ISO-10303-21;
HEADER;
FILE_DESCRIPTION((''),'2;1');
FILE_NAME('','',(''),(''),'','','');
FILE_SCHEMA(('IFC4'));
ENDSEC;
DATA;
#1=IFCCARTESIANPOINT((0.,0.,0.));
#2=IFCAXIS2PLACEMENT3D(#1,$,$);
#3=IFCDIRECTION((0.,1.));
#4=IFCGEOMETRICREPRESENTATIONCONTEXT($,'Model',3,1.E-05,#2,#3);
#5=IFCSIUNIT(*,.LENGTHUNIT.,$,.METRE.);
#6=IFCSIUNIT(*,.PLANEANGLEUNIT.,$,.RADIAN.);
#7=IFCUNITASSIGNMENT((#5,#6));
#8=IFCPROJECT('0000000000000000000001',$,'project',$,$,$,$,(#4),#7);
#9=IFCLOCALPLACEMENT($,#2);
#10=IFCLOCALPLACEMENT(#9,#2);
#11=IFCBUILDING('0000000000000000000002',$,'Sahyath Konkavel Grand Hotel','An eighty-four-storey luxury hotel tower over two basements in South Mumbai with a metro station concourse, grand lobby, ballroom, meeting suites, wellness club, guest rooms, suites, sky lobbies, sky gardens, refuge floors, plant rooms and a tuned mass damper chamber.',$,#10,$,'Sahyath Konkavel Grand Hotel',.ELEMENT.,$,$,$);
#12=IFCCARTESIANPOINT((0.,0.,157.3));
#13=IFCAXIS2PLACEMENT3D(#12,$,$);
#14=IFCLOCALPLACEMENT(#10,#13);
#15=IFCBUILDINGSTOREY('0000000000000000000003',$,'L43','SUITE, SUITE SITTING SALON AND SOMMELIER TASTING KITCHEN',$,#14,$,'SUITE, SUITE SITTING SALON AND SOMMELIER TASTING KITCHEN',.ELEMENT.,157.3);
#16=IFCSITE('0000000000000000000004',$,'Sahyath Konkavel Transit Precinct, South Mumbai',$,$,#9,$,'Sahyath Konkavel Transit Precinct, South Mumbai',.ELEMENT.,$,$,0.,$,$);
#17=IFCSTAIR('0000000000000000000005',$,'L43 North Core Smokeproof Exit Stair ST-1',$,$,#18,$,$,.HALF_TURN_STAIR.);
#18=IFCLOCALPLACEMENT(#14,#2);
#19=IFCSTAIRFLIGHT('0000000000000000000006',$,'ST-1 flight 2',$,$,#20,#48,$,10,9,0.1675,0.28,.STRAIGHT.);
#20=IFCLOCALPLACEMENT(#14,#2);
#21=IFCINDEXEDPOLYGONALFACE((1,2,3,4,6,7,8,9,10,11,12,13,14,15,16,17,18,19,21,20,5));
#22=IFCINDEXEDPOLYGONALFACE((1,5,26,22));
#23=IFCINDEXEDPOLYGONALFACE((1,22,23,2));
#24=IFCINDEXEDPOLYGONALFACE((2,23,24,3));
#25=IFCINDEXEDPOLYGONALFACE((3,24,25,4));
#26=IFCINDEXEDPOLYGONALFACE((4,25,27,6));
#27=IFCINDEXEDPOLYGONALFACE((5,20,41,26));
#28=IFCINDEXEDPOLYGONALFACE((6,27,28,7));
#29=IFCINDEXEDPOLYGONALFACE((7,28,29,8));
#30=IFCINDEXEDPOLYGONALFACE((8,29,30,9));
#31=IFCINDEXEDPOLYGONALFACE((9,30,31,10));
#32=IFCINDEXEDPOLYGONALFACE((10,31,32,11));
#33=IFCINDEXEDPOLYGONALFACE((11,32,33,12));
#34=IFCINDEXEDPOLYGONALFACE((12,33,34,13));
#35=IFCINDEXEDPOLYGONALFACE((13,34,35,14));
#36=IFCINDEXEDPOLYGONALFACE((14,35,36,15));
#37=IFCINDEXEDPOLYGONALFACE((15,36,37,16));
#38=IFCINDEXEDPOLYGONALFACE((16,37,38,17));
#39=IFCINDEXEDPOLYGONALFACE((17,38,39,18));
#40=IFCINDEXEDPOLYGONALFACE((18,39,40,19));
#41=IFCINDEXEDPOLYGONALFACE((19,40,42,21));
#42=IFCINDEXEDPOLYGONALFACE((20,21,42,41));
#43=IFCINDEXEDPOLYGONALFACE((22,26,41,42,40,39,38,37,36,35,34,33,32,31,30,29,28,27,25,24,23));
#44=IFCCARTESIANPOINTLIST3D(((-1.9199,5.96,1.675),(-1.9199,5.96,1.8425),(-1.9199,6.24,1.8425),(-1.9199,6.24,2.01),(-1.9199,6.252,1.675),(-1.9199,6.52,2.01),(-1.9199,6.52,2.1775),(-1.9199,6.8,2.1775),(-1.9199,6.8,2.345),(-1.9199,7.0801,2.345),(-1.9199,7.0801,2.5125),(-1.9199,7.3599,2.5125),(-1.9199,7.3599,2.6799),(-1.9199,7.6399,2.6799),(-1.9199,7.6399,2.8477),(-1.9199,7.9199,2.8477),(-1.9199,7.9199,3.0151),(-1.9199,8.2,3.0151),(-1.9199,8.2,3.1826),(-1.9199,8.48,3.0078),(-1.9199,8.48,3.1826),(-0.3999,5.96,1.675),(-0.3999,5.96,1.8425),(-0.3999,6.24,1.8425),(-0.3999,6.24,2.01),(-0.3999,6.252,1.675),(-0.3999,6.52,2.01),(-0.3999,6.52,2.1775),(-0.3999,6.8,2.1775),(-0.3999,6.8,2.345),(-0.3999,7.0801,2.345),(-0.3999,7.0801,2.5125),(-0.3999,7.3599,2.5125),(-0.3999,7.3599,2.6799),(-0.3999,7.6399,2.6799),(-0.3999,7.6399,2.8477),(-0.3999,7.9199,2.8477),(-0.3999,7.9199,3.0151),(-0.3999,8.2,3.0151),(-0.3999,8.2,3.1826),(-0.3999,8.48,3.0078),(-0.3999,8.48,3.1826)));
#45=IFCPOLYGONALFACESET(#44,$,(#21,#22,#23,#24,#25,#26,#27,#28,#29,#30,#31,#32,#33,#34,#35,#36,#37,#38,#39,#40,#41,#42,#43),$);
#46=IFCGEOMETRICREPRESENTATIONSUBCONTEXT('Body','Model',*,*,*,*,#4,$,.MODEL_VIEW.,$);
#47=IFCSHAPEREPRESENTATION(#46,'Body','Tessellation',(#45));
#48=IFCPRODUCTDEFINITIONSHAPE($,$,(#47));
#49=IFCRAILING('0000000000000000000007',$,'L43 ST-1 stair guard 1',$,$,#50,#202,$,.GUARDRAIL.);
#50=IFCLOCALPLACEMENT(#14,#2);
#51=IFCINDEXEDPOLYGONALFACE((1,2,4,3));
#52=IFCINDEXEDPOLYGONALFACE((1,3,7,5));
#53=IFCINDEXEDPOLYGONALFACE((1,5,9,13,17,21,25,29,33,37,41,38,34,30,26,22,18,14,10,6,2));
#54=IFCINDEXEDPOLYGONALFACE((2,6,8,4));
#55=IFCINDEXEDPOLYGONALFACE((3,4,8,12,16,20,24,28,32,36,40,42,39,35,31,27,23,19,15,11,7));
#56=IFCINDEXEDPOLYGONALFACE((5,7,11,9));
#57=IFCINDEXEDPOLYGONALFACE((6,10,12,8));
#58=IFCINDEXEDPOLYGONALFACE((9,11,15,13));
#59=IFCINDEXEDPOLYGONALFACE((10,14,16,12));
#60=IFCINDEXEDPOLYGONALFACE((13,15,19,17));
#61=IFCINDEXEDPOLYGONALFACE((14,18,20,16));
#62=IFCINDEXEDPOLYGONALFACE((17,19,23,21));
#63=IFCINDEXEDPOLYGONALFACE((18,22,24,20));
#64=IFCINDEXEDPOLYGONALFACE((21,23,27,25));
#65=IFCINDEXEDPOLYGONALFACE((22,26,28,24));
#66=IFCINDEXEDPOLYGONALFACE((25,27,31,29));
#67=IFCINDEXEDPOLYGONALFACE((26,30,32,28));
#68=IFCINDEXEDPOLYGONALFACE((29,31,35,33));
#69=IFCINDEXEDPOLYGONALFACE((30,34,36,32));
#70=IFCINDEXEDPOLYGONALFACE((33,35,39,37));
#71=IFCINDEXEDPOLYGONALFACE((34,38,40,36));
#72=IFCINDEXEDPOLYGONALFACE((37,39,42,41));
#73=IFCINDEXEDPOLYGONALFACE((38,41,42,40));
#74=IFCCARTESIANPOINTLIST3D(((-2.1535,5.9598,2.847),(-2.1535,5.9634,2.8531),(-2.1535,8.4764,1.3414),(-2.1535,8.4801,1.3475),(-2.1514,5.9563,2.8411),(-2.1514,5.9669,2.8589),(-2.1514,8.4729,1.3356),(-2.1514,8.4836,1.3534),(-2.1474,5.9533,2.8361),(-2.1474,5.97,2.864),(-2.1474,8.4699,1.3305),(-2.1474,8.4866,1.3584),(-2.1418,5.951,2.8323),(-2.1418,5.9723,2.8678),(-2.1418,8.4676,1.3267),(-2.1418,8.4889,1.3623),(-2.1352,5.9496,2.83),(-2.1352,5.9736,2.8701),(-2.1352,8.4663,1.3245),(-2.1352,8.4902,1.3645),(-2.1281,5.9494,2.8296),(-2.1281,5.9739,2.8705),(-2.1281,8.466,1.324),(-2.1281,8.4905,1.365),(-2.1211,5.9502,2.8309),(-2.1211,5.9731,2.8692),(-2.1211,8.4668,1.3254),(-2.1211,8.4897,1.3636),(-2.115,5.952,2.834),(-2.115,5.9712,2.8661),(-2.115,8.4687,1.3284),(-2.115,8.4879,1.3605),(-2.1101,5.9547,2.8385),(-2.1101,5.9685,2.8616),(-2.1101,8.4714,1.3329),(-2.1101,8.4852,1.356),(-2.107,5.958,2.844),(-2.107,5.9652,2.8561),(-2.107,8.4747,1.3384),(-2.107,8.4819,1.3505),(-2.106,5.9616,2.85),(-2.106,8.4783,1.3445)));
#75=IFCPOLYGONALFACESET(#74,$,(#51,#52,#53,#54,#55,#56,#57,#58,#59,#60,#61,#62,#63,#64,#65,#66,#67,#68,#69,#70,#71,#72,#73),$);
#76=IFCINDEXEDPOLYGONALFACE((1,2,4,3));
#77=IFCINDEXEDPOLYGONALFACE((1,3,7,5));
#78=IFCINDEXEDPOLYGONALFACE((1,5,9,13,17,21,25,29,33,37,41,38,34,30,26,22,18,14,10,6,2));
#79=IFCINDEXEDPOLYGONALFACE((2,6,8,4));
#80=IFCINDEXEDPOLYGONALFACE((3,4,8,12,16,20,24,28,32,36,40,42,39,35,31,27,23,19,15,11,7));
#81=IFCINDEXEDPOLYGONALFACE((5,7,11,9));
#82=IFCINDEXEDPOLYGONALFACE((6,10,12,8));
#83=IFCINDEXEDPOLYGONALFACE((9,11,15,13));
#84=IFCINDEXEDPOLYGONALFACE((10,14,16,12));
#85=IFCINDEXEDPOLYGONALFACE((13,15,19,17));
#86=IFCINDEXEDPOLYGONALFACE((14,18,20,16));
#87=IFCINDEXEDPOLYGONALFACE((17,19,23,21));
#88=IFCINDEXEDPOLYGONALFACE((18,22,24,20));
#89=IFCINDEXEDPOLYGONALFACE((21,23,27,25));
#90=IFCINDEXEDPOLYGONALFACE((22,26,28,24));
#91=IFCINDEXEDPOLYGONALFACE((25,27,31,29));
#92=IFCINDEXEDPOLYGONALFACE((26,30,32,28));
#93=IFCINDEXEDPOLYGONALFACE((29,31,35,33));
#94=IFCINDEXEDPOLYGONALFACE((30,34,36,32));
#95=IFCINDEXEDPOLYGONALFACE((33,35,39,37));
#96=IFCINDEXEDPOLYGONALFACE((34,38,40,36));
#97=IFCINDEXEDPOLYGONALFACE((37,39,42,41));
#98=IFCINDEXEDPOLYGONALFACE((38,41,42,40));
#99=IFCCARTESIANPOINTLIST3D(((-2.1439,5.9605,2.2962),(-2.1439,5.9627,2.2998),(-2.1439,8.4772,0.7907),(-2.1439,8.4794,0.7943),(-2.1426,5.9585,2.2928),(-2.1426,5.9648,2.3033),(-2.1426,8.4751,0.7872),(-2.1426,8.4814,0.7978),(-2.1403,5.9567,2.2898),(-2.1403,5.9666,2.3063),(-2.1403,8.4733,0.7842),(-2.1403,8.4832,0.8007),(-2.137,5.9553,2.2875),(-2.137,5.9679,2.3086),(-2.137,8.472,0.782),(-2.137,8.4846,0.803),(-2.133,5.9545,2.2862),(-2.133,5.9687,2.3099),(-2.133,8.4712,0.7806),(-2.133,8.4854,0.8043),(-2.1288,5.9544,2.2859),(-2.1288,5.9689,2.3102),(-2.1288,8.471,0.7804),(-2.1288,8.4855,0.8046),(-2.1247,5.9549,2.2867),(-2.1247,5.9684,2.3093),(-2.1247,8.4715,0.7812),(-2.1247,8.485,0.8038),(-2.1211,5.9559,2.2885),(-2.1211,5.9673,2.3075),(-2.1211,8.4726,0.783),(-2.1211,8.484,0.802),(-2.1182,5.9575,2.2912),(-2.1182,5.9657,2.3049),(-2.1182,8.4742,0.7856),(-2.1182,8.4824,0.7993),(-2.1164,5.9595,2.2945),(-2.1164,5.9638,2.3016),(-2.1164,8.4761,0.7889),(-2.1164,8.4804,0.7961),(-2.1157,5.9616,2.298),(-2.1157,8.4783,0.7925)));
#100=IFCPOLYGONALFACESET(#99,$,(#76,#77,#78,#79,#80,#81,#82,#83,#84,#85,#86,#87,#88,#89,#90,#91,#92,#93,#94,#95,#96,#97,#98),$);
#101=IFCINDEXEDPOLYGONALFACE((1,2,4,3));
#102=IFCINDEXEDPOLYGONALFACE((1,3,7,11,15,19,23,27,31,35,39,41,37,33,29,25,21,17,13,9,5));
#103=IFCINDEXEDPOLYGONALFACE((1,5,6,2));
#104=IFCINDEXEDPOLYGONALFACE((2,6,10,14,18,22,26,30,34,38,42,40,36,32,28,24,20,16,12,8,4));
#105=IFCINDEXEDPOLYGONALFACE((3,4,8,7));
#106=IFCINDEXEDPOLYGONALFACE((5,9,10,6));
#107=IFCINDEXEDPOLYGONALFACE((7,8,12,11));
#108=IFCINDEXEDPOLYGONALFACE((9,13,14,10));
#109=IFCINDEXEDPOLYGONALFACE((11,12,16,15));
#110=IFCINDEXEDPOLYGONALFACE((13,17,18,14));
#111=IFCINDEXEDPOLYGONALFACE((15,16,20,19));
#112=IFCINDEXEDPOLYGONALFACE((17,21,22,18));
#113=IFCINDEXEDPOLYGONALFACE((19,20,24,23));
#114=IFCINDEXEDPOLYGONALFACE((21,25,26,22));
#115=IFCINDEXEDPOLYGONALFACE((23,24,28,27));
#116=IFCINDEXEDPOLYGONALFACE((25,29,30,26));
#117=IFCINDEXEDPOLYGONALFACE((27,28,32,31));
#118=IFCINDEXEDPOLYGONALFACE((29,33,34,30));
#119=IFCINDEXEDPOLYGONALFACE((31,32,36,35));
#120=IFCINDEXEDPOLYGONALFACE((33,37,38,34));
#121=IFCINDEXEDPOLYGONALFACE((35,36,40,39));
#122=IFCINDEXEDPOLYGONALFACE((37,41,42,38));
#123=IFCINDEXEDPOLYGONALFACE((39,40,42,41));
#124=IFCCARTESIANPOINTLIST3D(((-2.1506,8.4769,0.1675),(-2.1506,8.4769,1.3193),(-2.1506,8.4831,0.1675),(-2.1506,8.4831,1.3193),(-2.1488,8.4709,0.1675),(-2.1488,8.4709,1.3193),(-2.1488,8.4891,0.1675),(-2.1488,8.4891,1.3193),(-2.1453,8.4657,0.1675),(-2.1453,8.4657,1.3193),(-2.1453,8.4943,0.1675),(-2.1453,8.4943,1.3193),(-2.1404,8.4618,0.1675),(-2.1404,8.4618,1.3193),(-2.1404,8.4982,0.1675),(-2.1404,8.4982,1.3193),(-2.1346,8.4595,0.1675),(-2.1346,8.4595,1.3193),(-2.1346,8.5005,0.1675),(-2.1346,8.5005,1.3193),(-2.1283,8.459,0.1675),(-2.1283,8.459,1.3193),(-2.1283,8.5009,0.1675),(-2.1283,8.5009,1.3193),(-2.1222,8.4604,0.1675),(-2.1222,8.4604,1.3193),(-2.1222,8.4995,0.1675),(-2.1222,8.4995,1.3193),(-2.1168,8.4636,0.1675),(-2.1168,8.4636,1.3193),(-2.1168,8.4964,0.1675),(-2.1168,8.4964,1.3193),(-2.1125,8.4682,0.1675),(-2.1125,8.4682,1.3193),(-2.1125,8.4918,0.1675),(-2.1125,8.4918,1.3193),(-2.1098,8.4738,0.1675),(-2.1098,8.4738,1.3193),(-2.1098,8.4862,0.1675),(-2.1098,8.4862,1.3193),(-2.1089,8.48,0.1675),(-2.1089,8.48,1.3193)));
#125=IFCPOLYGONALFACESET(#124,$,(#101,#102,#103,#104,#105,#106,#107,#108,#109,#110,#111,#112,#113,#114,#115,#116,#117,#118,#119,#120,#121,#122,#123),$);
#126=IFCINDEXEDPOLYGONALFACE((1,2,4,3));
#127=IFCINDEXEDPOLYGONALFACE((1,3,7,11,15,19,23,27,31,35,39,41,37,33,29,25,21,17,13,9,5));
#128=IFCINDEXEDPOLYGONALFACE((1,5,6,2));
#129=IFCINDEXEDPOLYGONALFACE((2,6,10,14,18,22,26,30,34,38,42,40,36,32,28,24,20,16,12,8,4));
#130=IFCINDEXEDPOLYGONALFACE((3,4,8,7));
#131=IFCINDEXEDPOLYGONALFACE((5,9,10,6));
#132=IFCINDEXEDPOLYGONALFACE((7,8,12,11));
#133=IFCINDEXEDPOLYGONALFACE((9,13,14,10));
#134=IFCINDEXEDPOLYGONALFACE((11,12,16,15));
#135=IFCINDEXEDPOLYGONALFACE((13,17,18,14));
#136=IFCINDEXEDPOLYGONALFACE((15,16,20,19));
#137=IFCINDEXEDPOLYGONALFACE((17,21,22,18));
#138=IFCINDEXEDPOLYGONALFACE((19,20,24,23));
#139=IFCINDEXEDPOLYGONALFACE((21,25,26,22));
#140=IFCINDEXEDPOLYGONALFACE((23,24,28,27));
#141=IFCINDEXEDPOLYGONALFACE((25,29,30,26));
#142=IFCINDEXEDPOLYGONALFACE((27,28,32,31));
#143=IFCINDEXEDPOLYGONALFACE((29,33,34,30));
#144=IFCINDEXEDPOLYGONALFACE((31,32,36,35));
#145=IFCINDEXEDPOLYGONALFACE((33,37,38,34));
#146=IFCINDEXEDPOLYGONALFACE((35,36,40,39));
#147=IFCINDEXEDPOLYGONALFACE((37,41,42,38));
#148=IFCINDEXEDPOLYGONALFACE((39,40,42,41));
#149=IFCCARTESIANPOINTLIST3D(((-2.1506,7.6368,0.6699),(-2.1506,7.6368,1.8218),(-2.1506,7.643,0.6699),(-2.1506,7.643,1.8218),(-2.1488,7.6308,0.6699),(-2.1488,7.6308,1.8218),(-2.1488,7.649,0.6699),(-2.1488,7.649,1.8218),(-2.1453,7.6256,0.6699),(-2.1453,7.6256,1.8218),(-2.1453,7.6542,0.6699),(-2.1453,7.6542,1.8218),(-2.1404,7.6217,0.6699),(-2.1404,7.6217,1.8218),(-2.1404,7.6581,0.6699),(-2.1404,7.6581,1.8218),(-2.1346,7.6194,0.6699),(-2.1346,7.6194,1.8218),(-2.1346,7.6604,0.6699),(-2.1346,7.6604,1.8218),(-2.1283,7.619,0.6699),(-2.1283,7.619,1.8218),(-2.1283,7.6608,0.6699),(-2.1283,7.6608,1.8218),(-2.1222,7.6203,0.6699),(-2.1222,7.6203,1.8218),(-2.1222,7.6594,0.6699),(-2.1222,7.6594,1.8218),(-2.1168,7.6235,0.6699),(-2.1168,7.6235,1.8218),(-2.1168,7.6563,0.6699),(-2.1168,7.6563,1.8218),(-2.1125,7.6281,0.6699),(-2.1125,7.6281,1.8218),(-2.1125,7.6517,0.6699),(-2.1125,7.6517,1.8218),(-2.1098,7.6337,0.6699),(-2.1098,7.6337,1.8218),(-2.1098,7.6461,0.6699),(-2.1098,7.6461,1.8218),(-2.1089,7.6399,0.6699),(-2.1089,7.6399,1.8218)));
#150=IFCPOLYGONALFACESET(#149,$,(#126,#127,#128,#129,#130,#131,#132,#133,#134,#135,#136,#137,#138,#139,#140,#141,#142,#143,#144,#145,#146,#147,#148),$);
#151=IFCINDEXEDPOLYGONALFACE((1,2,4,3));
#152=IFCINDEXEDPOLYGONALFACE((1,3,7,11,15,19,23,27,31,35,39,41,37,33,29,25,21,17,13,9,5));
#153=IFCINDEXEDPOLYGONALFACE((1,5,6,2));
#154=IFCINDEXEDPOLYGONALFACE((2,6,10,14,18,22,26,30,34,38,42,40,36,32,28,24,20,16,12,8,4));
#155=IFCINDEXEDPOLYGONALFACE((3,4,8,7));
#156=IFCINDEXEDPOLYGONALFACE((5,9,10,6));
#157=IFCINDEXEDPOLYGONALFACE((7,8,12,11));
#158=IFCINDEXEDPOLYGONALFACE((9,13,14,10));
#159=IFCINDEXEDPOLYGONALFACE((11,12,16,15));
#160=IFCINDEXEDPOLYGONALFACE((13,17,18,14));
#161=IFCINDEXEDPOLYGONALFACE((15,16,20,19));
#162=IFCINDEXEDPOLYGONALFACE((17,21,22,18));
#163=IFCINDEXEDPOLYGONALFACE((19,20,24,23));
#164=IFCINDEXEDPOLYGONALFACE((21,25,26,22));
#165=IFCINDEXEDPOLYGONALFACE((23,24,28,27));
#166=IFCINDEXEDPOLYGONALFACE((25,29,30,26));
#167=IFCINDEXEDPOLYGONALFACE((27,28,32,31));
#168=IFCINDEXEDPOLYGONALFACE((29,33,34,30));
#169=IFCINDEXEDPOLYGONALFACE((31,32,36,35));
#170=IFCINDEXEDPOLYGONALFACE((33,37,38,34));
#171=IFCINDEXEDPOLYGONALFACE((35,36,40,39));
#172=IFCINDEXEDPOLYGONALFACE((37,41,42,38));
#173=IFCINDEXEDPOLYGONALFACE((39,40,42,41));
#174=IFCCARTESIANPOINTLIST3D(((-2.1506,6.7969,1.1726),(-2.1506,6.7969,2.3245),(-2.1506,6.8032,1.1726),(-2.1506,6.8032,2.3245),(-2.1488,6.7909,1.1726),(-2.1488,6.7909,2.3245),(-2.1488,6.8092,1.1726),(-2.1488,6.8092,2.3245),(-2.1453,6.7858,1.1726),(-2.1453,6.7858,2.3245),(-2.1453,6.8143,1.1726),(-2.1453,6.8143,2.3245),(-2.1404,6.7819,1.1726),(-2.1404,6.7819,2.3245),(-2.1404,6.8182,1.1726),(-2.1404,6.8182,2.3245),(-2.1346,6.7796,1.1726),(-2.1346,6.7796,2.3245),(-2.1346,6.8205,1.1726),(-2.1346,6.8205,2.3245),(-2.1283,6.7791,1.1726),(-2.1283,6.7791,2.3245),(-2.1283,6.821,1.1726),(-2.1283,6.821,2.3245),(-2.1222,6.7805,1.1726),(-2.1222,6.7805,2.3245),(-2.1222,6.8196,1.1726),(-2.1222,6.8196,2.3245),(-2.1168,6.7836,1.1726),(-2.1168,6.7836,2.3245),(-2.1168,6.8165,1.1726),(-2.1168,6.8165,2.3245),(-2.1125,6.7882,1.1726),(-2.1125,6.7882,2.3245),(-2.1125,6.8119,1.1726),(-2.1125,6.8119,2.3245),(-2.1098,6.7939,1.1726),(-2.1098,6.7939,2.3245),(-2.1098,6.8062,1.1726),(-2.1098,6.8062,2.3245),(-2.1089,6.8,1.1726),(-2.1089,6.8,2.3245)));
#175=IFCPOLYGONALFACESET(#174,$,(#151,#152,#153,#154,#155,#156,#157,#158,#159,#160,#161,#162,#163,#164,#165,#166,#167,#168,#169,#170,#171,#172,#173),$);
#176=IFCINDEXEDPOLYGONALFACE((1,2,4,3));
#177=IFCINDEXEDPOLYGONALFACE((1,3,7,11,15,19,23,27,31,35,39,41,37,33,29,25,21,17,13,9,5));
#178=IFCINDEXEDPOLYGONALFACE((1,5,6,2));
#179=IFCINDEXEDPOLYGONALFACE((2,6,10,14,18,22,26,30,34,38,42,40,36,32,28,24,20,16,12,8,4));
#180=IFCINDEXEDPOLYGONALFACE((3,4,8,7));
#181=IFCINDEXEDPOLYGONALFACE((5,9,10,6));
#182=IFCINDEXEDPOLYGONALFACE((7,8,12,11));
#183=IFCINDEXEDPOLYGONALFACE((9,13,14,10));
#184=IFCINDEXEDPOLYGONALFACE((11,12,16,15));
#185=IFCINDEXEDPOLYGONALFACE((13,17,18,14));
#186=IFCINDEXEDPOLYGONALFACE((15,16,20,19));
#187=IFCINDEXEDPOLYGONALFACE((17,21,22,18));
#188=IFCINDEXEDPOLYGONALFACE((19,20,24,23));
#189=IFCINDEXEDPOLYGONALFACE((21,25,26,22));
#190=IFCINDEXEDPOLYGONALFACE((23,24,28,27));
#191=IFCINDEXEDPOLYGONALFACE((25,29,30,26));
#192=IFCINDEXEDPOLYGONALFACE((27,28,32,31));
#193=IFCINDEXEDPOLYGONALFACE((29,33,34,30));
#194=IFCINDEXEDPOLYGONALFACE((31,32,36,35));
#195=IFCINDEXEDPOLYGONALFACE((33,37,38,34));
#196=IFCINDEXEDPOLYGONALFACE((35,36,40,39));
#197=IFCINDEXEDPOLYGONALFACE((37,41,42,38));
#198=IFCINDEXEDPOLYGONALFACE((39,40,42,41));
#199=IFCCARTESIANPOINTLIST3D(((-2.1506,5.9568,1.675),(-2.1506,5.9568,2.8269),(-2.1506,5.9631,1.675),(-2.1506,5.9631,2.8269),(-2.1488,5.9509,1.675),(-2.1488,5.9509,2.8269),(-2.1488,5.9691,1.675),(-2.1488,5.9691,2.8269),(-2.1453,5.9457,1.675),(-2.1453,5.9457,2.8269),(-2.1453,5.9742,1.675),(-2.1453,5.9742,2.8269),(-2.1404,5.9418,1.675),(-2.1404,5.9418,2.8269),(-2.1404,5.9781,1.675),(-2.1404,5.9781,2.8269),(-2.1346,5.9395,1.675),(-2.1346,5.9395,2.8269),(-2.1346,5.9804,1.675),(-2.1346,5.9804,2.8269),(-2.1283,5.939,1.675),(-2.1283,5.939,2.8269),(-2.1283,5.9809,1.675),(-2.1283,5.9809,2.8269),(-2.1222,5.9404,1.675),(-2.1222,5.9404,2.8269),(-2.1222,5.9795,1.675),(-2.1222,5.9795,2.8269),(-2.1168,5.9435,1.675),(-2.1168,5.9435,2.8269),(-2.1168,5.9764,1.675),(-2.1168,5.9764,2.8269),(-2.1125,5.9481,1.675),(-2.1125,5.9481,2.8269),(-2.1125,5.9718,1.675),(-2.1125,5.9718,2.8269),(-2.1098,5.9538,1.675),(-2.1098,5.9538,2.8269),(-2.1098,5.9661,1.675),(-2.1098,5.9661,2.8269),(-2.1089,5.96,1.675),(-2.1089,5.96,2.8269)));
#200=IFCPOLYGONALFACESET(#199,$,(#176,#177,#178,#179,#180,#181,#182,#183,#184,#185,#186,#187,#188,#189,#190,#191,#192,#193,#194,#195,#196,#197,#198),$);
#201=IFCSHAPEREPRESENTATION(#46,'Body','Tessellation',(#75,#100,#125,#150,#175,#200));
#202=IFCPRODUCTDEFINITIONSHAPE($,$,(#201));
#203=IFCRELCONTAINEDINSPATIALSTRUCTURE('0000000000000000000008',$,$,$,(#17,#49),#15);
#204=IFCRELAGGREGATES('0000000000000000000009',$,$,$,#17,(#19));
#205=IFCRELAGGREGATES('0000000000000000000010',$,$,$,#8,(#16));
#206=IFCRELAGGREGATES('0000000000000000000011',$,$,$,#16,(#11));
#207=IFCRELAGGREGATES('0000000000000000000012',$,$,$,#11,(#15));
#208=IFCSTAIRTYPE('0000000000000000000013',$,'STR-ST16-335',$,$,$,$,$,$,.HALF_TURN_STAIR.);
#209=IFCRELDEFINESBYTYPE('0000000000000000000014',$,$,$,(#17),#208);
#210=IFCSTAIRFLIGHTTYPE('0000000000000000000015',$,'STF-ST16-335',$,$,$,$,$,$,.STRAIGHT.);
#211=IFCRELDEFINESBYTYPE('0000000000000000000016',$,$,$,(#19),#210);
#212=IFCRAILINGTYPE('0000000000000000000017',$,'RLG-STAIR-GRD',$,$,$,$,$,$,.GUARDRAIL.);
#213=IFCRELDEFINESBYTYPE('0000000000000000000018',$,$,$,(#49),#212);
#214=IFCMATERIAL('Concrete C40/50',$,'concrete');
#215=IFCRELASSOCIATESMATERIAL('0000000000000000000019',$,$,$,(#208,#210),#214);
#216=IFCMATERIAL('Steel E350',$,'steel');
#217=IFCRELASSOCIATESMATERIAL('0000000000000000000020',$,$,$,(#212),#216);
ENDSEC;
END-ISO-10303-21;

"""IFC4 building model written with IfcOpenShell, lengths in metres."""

from ifc_helpers import new_model, si_unit, direction, frame, origin, origin_2d, place, context, subcontext, project, spatial, polyline, circle, outline, extrude, material, type_object, element, aggregate, save


model = new_model("IFC4")

# Units and contexts
model_context = context("Model", 3, precision=1e-05, world=origin(), true_north=direction((0.0, 1.0)))
body_context = subcontext(model_context, "Body", "Model", "MODEL_VIEW")
ifc_project = project(units=[si_unit("LENGTHUNIT", "METRE"), si_unit("PLANEANGLEUNIT", "RADIAN")], contexts=[model_context])

# Site, building, storey
site_placement = place(None, origin())
site = spatial("IfcSite", under=ifc_project, at=site_placement, Name="Sahyath Konkavel Transit Precinct, South Mumbai", LongName="Sahyath Konkavel Transit Precinct, South Mumbai", CompositionType="ELEMENT", RefElevation=0.0)
building_placement = place(site_placement, origin())
building = spatial("IfcBuilding", under=site, at=building_placement, Name="Sahyath Konkavel Grand Hotel", Description="An eighty-four-storey luxury hotel tower over two basements in South Mumbai with a metro station concourse, grand lobby, ballroom, meeting suites, wellness club, guest rooms, suites, sky lobbies, sky gardens, refuge floors, plant rooms and a tuned mass damper chamber.", LongName="Sahyath Konkavel Grand Hotel", CompositionType="ELEMENT")
storey_placement = place(building_placement, frame((0.0, 0.0, 157.3)))
storey = spatial("IfcBuildingStorey", under=building, at=storey_placement, Name="L43", Description="SUITE, SUITE SITTING SALON AND SOMMELIER TASTING KITCHEN", LongName="SUITE, SUITE SITTING SALON AND SOMMELIER TASTING KITCHEN", CompositionType="ELEMENT", Elevation=157.3)

# Shared definitions
ifc_material_1 = material(Name="Steel E350", Category="steel")

# Stair, stair flight
ifc_material_2 = material(Name="Concrete C40/50", Category="concrete")
stair_type = type_object("IfcStairType", Name="STR-ST16-335", PredefinedType="HALF_TURN_STAIR", material=ifc_material_2)
stair_placement = place(storey_placement, origin())
stair = element("IfcStair", 1, at=stair_placement, inside=storey, type_object=stair_type, Name="L43 North Core Smokeproof Exit Stair ST-1", PredefinedType="HALF_TURN_STAIR")
stair_flight_type = type_object("IfcStairFlightType", Name="STF-ST16-335", PredefinedType="STRAIGHT", material=ifc_material_2)
stair_flight_1_placement = place(storey_placement, frame((-1.1599, 5.96, 1.675), z_axis=(0.0, 0.0, 1.0), x_axis=(0.0, 1.0, 0.0)))
stair_flight_1 = element("IfcStairFlight", 2, at=stair_flight_1_placement, type_object=stair_flight_type, Name="ST-1 flight 2", NumberOfRisers=10, NumberOfTreads=9, PredefinedType="STRAIGHT", RiserHeight=0.1675, TreadLength=0.28, context=body_context, shape_type="SweptSolid", body=[
    extrude(outline(polyline([(0.0, 0.0), (0.0, 0.1675), (0.28, 0.1675), (0.28, 0.335), (0.5601, 0.335), (0.5601, 0.5024), (0.8401, 0.5024), (0.8401, 0.6699), (1.1201, 0.6699), (1.1201, 0.8374), (1.3999, 0.8374), (1.3999, 1.0049), (1.6799, 1.0049), (1.6799, 1.1726), (1.96, 1.1726), (1.96, 1.3401), (2.24, 1.3401), (2.24, 1.5076), (2.52, 1.5076), (2.52, 1.675), (2.52, 1.3328), (0.292, 0.0), (0.0, 0.0)])), frame((0.0, 0.76, 0.0), z_axis=(0.0, -1.0, 0.0), x_axis=(1.0, 0.0, 0.0)), (0.0, 0.0, 1.0), 1.52),
])
aggregate(stair, [stair_flight_1])

# Railing
railing_type_1 = type_object("IfcRailingType", Name="RLG-STAIR-GRD", PredefinedType="GUARDRAIL", material=ifc_material_1)
railing_1_placement = place(storey_placement, frame((-2.1299, 8.48, 0.1675)))
element("IfcRailing", 3, at=railing_1_placement, inside=storey, type_object=railing_type_1, Name="L43 ST-1 stair guard 1", PredefinedType="GUARDRAIL", context=body_context, shape_type="SweptSolid", body=[
    extrude(circle(Radius=0.0239, at=origin_2d()), frame((0.0, -0.0017, 1.177), z_axis=(0.0, -0.85816, 0.513383), x_axis=(1.0, 0.0, 0.0)), (0.0, 0.0, 1.0), 2.9326),
    extrude(circle(Radius=0.0142, at=origin_2d()), frame((0.0, -0.0017, 0.625), z_axis=(0.0, -0.85816, 0.513383), x_axis=(1.0, 0.0, 0.0)), (0.0, 0.0, 1.0), 2.9326),
    extrude(circle(Radius=0.021, at=origin_2d()), origin(), (0.0, 0.0, 1.0), 1.1519),
    extrude(circle(Radius=0.021, at=origin_2d()), frame((0.0, -0.8401, 0.5024)), (0.0, 0.0, 1.0), 1.1519),
    extrude(circle(Radius=0.021, at=origin_2d()), frame((0.0, -1.6799, 1.0051)), (0.0, 0.0, 1.0), 1.1519),
    extrude(circle(Radius=0.021, at=origin_2d()), frame((0.0, -2.52, 1.5076)), (0.0, 0.0, 1.0), 1.1519),
])

save(model, "model.ifc")
